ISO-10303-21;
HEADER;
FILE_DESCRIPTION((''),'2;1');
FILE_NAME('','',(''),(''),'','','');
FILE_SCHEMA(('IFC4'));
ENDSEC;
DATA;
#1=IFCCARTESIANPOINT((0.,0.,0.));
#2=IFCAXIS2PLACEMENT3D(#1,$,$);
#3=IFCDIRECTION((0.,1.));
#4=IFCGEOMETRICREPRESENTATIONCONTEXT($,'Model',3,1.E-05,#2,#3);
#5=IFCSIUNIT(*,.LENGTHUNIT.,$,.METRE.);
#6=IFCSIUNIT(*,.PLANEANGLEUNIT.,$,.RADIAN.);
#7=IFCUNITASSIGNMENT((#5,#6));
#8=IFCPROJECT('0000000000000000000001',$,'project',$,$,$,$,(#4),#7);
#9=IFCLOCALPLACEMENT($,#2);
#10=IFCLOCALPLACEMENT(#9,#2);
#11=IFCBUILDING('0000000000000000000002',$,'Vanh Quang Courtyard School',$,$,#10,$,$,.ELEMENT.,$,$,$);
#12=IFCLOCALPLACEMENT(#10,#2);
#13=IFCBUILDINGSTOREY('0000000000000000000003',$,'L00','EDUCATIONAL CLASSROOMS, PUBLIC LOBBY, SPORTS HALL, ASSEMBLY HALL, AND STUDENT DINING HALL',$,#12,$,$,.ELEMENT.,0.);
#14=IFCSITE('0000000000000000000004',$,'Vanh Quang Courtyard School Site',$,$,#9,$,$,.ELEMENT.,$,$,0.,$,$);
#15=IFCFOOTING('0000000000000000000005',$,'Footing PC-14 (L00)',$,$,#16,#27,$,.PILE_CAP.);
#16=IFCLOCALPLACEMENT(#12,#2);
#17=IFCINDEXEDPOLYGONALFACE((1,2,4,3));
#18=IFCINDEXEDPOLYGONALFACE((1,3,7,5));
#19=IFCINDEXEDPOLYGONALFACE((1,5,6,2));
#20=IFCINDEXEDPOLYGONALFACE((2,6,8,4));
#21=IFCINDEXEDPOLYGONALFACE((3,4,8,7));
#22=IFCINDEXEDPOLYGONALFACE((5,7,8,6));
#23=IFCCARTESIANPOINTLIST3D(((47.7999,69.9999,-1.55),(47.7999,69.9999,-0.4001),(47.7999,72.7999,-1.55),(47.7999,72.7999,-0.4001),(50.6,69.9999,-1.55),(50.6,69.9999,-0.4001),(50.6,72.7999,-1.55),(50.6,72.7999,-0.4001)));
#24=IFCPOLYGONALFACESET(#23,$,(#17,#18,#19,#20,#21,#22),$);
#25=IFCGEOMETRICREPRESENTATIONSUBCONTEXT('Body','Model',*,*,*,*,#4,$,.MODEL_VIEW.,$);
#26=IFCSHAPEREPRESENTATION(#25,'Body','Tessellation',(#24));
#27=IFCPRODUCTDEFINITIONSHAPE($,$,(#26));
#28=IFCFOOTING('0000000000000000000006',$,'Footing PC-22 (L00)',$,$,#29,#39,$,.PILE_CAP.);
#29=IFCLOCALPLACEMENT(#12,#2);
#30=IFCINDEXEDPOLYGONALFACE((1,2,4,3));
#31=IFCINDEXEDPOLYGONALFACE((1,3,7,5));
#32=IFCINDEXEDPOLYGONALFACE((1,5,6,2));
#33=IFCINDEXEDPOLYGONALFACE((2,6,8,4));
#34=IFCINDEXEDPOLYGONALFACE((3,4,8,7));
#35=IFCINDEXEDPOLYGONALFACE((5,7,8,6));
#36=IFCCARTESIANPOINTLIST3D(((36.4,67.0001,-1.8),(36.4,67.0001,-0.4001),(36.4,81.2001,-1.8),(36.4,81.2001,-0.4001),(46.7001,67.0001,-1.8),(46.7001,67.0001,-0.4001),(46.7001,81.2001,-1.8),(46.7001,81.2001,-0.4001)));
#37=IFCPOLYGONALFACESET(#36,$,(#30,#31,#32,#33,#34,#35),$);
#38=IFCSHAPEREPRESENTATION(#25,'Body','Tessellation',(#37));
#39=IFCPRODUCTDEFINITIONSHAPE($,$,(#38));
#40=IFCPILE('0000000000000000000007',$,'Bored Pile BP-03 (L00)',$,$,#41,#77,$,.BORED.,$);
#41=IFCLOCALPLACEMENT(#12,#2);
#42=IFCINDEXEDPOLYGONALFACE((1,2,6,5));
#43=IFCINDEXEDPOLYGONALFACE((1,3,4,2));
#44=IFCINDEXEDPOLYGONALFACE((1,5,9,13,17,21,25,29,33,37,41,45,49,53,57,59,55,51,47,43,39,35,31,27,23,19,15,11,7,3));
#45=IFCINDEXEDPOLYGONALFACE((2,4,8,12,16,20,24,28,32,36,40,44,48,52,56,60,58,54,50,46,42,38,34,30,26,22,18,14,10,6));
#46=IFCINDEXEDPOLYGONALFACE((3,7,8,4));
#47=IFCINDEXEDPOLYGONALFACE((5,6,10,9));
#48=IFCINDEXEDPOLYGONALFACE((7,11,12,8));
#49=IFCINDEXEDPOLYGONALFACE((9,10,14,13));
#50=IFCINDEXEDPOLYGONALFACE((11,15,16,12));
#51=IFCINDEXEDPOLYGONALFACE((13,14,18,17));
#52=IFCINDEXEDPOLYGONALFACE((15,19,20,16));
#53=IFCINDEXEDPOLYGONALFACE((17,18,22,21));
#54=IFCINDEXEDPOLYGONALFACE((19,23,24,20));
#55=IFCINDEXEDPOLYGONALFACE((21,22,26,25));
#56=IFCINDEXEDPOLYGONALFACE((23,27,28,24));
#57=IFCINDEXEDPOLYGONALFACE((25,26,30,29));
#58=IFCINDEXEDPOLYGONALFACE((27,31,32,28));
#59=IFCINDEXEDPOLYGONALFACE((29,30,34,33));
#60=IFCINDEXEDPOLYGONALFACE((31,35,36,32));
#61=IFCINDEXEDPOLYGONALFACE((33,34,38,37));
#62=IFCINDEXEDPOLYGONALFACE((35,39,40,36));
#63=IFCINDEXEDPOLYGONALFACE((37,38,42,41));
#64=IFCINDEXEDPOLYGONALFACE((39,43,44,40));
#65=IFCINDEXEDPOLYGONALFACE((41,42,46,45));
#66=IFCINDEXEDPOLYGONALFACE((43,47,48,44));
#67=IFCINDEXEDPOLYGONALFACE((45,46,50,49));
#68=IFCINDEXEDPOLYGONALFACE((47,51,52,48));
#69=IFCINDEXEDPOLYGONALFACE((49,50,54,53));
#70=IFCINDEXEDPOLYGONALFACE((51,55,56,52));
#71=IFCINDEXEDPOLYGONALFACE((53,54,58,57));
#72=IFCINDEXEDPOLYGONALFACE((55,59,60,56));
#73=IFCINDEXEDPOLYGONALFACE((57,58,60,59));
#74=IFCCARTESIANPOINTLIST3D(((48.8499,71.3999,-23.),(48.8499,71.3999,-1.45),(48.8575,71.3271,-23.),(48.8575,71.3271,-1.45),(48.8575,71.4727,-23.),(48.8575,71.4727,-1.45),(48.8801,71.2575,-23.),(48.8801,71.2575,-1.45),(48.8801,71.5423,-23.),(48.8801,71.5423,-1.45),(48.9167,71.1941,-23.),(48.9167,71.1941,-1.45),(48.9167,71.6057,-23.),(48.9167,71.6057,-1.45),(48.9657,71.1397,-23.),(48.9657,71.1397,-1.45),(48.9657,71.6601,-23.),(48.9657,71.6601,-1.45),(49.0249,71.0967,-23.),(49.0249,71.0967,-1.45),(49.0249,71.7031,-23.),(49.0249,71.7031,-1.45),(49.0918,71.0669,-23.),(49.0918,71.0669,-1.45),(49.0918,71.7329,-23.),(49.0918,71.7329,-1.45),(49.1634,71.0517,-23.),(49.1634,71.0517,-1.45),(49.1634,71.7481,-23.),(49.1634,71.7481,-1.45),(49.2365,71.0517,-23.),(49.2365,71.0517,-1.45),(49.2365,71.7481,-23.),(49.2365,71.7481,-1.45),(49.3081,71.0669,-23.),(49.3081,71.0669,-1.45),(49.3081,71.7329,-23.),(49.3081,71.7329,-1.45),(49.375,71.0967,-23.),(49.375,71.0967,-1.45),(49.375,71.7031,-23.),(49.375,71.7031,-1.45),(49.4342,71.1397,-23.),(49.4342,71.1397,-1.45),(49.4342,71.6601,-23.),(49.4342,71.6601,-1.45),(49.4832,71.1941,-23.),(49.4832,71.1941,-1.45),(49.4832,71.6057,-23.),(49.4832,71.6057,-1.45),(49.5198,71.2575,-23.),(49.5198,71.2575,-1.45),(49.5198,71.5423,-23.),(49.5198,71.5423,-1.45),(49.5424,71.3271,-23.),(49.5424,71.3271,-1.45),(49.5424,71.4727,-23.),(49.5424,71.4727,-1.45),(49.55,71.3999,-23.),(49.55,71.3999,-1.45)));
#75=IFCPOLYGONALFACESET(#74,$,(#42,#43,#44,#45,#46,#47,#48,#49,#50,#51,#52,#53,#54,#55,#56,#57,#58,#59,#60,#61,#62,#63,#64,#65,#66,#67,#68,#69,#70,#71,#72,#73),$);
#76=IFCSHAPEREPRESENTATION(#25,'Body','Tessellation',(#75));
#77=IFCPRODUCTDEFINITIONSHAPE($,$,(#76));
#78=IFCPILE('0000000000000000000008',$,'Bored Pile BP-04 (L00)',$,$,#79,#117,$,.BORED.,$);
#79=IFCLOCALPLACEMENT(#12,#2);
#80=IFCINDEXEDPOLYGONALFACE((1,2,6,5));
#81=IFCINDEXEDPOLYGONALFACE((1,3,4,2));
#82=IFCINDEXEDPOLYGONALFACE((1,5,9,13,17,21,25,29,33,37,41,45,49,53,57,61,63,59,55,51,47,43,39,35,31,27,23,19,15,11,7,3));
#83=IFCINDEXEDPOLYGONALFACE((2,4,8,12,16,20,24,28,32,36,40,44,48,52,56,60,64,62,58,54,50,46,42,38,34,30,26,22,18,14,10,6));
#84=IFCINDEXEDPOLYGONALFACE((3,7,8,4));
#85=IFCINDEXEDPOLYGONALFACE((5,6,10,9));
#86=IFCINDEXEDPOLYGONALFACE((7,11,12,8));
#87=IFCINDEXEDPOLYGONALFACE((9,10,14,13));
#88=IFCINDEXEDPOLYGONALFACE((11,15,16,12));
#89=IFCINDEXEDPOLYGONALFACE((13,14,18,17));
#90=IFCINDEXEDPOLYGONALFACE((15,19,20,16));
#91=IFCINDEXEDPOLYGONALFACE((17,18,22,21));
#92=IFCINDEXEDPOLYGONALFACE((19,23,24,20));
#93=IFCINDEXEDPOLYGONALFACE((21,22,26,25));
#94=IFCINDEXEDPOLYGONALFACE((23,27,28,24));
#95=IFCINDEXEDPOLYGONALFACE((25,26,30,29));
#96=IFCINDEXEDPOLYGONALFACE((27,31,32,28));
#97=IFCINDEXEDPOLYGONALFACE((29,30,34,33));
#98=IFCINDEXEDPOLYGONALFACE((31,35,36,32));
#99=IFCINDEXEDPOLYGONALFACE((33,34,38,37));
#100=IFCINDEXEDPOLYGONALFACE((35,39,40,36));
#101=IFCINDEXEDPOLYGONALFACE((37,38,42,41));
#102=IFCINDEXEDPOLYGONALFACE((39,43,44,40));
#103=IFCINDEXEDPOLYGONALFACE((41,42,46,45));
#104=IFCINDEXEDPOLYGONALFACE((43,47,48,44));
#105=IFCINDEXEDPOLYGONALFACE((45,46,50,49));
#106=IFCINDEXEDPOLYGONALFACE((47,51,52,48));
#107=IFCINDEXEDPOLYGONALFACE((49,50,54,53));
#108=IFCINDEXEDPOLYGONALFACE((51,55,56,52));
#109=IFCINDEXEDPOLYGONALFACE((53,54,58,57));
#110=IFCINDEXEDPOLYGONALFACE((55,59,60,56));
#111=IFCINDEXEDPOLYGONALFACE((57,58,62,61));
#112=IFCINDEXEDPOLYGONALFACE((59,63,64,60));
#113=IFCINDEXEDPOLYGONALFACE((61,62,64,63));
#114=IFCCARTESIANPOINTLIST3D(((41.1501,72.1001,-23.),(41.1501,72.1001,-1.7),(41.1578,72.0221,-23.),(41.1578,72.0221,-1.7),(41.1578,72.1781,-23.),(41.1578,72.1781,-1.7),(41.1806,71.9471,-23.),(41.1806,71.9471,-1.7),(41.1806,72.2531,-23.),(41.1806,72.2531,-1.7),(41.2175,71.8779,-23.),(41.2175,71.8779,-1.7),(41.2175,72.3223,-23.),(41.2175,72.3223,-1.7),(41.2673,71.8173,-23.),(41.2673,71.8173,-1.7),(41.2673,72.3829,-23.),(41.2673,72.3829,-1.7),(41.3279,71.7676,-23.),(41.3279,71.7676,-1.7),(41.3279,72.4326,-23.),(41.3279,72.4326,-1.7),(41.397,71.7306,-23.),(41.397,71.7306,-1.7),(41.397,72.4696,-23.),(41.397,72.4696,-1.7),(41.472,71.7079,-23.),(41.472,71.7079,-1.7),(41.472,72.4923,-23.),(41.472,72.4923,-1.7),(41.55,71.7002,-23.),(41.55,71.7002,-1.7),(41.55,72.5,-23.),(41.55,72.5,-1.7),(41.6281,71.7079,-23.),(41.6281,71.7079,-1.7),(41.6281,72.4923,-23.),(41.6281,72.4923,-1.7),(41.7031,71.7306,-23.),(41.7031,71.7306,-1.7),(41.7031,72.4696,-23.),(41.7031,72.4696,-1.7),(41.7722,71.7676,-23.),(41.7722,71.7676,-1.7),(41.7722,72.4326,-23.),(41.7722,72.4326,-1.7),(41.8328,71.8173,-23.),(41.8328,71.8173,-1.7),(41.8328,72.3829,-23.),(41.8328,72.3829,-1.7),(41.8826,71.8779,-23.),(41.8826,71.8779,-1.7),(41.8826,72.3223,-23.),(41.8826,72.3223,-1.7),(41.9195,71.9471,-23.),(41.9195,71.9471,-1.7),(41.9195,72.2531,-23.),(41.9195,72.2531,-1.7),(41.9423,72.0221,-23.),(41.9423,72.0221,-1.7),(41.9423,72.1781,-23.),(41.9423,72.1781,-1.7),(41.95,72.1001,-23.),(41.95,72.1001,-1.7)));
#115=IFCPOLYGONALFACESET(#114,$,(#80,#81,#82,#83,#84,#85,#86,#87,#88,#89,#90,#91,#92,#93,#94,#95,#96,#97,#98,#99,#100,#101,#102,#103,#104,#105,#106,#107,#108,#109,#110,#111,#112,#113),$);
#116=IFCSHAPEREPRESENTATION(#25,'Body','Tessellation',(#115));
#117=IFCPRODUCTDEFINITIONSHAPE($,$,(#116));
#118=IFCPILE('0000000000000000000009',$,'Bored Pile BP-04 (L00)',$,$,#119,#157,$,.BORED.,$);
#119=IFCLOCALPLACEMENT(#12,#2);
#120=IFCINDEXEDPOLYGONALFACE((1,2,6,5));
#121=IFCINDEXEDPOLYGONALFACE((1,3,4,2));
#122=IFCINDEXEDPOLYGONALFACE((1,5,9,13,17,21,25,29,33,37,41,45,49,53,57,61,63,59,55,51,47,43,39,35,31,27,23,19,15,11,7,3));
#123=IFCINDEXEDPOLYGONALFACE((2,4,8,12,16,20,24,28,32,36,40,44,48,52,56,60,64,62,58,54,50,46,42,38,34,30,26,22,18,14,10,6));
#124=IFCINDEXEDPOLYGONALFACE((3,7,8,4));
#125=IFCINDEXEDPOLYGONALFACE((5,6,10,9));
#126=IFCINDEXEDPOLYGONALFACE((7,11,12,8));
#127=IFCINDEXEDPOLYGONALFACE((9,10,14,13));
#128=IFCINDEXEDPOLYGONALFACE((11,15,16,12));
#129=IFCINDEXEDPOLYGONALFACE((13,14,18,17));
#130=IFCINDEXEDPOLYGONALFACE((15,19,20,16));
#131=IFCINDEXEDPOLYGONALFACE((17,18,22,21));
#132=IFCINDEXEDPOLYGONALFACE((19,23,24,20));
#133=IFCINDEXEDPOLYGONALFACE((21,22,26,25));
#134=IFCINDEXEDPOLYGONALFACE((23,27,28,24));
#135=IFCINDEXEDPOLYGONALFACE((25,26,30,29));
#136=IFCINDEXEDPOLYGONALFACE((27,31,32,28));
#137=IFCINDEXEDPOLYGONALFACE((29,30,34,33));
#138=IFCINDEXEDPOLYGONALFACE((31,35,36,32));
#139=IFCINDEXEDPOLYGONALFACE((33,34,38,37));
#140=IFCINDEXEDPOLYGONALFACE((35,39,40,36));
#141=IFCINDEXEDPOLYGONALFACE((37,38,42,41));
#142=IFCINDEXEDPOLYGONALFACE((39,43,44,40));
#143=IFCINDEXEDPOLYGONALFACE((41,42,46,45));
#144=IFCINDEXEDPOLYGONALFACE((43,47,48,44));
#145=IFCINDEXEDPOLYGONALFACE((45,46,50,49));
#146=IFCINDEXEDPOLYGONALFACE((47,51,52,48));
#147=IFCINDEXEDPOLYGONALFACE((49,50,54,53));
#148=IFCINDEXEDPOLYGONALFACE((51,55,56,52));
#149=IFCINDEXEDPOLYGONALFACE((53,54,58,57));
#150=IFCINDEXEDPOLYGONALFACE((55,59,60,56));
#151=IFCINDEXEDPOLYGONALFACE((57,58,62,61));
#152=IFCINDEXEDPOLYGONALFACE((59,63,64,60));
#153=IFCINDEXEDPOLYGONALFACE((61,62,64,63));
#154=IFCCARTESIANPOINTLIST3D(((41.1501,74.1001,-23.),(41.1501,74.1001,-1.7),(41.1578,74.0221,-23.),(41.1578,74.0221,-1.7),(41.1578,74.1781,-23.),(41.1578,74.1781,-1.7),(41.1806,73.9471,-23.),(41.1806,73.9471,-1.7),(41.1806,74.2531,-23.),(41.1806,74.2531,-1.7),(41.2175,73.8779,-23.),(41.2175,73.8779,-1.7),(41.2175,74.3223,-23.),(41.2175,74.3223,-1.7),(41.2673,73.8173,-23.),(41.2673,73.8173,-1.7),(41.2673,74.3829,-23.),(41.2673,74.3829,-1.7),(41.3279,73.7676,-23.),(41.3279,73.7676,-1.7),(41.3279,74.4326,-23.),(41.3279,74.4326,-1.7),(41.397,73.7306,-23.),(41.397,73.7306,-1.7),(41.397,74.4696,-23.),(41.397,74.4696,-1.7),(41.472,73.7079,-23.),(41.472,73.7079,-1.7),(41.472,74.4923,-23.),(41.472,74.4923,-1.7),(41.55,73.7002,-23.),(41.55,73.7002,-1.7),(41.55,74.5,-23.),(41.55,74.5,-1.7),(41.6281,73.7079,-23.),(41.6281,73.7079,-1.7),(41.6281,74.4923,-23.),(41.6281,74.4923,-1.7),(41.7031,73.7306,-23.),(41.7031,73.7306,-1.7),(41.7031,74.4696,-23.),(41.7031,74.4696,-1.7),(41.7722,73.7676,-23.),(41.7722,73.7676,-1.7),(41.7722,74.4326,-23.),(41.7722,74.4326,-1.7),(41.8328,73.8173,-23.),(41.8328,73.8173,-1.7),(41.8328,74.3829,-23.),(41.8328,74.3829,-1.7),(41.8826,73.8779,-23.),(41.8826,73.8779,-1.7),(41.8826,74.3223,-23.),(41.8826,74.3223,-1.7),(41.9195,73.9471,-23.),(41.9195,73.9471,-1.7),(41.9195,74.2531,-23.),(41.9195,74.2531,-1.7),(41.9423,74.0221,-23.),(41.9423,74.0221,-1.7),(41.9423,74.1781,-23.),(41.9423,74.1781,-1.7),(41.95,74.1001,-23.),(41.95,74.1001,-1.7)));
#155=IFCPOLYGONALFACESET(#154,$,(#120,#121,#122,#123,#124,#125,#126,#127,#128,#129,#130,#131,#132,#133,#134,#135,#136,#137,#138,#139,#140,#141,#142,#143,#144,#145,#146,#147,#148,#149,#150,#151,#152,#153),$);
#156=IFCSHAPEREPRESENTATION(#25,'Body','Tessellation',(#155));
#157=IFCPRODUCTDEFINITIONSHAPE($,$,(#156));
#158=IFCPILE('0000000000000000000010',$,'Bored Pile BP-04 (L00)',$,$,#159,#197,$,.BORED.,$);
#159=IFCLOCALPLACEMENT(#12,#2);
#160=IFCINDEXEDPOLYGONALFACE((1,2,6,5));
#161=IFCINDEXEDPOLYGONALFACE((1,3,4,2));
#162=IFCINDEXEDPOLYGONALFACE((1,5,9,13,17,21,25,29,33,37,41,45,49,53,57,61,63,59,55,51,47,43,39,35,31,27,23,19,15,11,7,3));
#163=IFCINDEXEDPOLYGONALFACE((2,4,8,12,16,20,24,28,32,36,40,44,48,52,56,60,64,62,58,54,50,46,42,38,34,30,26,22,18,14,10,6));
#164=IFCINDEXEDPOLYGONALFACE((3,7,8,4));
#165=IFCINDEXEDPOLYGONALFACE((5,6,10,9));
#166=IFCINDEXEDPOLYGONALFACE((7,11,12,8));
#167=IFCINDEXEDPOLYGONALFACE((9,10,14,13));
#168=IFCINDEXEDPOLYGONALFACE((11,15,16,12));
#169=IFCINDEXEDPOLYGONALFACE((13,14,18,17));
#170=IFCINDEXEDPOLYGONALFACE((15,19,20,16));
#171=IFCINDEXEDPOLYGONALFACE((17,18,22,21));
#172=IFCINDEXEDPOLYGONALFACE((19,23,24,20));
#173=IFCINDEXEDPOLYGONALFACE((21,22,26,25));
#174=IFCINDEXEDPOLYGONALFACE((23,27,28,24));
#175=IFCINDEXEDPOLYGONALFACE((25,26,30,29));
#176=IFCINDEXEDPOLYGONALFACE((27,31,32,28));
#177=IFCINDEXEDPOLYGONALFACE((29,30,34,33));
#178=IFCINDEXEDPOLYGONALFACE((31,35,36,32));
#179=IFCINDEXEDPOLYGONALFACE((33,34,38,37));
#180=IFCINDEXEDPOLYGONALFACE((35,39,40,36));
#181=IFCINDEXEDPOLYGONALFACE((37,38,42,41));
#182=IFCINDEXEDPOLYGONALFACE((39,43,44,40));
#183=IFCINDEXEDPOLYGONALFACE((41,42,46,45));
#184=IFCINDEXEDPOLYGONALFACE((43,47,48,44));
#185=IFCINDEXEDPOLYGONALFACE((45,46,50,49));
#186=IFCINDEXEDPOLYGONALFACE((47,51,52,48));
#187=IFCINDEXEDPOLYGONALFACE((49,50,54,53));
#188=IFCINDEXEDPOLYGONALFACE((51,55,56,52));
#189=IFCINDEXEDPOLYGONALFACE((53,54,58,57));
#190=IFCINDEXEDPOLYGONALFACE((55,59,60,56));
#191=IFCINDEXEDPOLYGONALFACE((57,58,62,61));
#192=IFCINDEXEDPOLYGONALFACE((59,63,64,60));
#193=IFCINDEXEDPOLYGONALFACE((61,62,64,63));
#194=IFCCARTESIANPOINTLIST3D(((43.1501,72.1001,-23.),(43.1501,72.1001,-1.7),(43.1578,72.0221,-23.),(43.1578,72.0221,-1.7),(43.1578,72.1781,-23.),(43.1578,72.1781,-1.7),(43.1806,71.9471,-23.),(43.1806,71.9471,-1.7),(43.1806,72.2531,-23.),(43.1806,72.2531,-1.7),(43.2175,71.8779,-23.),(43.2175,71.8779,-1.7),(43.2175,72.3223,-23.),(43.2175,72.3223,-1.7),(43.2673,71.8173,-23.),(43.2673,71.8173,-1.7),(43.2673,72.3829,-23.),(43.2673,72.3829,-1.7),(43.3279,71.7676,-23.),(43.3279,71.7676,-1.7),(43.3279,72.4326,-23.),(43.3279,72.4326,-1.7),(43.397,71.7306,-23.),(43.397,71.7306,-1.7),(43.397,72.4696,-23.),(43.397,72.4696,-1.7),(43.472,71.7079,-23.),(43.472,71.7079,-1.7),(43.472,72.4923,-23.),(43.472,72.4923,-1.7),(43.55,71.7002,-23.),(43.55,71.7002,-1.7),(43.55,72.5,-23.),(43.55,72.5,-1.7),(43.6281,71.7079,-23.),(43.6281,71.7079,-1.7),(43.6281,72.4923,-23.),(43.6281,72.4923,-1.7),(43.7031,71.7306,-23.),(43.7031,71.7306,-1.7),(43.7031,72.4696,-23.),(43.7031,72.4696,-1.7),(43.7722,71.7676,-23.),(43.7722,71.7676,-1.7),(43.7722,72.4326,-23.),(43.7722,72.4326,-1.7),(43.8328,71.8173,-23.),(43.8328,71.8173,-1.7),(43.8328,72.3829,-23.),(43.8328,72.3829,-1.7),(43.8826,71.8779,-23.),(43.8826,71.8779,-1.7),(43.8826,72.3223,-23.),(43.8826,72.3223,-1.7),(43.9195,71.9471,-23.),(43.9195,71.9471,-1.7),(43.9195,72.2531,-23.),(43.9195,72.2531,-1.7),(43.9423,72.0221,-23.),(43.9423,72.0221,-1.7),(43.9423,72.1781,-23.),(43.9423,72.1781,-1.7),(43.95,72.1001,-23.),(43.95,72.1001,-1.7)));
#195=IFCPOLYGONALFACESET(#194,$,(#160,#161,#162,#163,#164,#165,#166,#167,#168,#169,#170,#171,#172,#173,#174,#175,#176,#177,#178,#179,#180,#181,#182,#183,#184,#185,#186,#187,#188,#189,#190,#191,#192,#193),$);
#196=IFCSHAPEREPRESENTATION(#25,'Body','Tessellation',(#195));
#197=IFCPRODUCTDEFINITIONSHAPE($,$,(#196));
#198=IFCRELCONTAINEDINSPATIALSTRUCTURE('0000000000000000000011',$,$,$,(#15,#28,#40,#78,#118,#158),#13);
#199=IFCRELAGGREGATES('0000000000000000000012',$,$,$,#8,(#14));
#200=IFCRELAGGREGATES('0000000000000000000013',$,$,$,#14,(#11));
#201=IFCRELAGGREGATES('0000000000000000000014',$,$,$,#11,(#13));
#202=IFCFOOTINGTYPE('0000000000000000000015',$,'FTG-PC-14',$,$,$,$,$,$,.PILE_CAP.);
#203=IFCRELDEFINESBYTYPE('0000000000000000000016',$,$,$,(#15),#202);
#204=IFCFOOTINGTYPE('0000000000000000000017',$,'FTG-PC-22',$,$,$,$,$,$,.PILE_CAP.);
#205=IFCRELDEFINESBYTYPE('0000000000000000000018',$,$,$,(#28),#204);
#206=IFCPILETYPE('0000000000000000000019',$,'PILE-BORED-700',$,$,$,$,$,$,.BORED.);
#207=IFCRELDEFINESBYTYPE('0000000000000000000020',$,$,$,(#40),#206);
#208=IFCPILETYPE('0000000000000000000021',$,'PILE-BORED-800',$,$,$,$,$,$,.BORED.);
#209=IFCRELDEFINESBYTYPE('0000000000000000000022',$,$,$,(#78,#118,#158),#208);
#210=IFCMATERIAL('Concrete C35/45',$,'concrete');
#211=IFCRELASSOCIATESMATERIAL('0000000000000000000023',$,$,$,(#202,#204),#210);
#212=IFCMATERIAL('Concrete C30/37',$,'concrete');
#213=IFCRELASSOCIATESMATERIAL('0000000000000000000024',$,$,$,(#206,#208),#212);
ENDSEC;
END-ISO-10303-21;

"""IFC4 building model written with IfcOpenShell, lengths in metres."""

from ifc_helpers import new_model, si_unit, direction, frame, origin, origin_2d, place, context, subcontext, project, spatial, rectangle, circle, extrude, material, material_profile, profile_set, type_object, element, save


model = new_model("IFC4")

# Units and contexts
model_context = context("Model", 3, precision=1e-05, world=origin(), true_north=direction((0.0, 1.0)))
body_context = subcontext(model_context, "Body", "Model", "MODEL_VIEW")
ifc_project = project(units=[si_unit("LENGTHUNIT", "METRE"), si_unit("PLANEANGLEUNIT", "RADIAN")], contexts=[model_context])

# Site, building, storey
site_placement = place(None, origin())
site = spatial("IfcSite", under=ifc_project, at=site_placement, Name="Vanh Quang Courtyard School Site", CompositionType="ELEMENT", RefElevation=0.0)
building_placement = place(site_placement, origin())
building = spatial("IfcBuilding", under=site, at=building_placement, Name="Vanh Quang Courtyard School", CompositionType="ELEMENT")
storey_placement = place(building_placement, origin())
storey = spatial("IfcBuildingStorey", under=building, at=storey_placement, Name="L00", Description="EDUCATIONAL CLASSROOMS, PUBLIC LOBBY, SPORTS HALL, ASSEMBLY HALL, AND STUDENT DINING HALL", CompositionType="ELEMENT", Elevation=0.0)

# Footings
ifc_material_1 = material(Name="Concrete C35/45", Category="concrete")
footing_type_1 = type_object("IfcFootingType", Name="FTG-PC-14", PredefinedType="PILE_CAP", material=ifc_material_1)
footing_1_placement = place(storey_placement, frame((49.2, 71.3999, -1.55), z_axis=(0.0, 0.0, 1.0), x_axis=(1.0, 0.0, 0.0)))
element("IfcFooting", 1, at=footing_1_placement, inside=storey, type_object=footing_type_1, Name="Footing PC-14 (L00)", PredefinedType="PILE_CAP", context=body_context, shape_type="SweptSolid", body=[
    extrude(rectangle(XDim=2.8, YDim=2.8, at=origin_2d()), origin(), (0.0, 0.0, 1.0), 1.1499),
])
footing_type_2 = type_object("IfcFootingType", Name="FTG-PC-22", PredefinedType="PILE_CAP", material=ifc_material_1)
footing_2_placement = place(storey_placement, frame((41.55, 74.1001, -1.8), z_axis=(0.0, 0.0, 1.0), x_axis=(1.0, 0.0, 0.0)))
element("IfcFooting", 2, at=footing_2_placement, inside=storey, type_object=footing_type_2, Name="Footing PC-22 (L00)", PredefinedType="PILE_CAP", context=body_context, shape_type="SweptSolid", body=[
    extrude(rectangle(XDim=10.3, YDim=14.2, at=origin_2d()), origin(), (0.0, 0.0, 1.0), 1.3999),
])

# Piles
ifc_material_2 = material(Name="Concrete C30/37", Category="concrete")
ifc_material_profile_1 = material_profile(ifc_material_2, circle(Radius=0.3501, at=origin_2d()), Name="PILE D700")
ifc_profile_set_1 = profile_set([ifc_material_profile_1], Name="Concrete C30/37")
pile_type_1 = type_object("IfcPileType", Name="PILE-BORED-700", PredefinedType="BORED", material=ifc_profile_set_1)
pile_placement = place(storey_placement, frame((49.2, 71.3999, -1.45), z_axis=(0.0, 0.0, -1.0), x_axis=(1.0, 0.0, 0.0)))
element("IfcPile", 3, at=pile_placement, inside=storey, type_object=pile_type_1, Name="Bored Pile BP-03 (L00)", PredefinedType="BORED", context=body_context, shape_type="SweptSolid", body=[
    extrude(circle(Radius=0.3501, at=origin_2d()), origin(), (0.0, 0.0, 1.0), 21.55),
])
ifc_material_profile_2 = material_profile(ifc_material_2, circle(Radius=0.3999, at=origin_2d()), Name="PILE D800")
ifc_profile_set_2 = profile_set([ifc_material_profile_2], Name="Concrete C30/37")
pile_type_2 = type_object("IfcPileType", Name="PILE-BORED-800", PredefinedType="BORED", material=ifc_profile_set_2)
for number, where, z_axis, x_axis, name in (
    (4, (41.55, 72.1001, -1.7), (0.0, 0.0, -1.0), (1.0, 0.0, 0.0), "Bored Pile BP-04 (L00)"),
    (5, (41.55, 74.1001, -1.7), (0.0, 0.0, -1.0), (1.0, 0.0, 0.0), "Bored Pile BP-04 (L00)"),
    (6, (43.55, 72.1001, -1.7), (0.0, 0.0, -1.0), (1.0, 0.0, 0.0), "Bored Pile BP-04 (L00)"),
):
    element("IfcPile", number, at=place(storey_placement, frame(where, z_axis=z_axis, x_axis=x_axis)), inside=storey, type_object=pile_type_2, Name=name, PredefinedType="BORED", context=body_context, shape_type="SweptSolid", body=[
        extrude(circle(Radius=0.3999, at=origin_2d()), origin(), (0.0, 0.0, 1.0), 21.3),
    ])

save(model, "model.ifc")
